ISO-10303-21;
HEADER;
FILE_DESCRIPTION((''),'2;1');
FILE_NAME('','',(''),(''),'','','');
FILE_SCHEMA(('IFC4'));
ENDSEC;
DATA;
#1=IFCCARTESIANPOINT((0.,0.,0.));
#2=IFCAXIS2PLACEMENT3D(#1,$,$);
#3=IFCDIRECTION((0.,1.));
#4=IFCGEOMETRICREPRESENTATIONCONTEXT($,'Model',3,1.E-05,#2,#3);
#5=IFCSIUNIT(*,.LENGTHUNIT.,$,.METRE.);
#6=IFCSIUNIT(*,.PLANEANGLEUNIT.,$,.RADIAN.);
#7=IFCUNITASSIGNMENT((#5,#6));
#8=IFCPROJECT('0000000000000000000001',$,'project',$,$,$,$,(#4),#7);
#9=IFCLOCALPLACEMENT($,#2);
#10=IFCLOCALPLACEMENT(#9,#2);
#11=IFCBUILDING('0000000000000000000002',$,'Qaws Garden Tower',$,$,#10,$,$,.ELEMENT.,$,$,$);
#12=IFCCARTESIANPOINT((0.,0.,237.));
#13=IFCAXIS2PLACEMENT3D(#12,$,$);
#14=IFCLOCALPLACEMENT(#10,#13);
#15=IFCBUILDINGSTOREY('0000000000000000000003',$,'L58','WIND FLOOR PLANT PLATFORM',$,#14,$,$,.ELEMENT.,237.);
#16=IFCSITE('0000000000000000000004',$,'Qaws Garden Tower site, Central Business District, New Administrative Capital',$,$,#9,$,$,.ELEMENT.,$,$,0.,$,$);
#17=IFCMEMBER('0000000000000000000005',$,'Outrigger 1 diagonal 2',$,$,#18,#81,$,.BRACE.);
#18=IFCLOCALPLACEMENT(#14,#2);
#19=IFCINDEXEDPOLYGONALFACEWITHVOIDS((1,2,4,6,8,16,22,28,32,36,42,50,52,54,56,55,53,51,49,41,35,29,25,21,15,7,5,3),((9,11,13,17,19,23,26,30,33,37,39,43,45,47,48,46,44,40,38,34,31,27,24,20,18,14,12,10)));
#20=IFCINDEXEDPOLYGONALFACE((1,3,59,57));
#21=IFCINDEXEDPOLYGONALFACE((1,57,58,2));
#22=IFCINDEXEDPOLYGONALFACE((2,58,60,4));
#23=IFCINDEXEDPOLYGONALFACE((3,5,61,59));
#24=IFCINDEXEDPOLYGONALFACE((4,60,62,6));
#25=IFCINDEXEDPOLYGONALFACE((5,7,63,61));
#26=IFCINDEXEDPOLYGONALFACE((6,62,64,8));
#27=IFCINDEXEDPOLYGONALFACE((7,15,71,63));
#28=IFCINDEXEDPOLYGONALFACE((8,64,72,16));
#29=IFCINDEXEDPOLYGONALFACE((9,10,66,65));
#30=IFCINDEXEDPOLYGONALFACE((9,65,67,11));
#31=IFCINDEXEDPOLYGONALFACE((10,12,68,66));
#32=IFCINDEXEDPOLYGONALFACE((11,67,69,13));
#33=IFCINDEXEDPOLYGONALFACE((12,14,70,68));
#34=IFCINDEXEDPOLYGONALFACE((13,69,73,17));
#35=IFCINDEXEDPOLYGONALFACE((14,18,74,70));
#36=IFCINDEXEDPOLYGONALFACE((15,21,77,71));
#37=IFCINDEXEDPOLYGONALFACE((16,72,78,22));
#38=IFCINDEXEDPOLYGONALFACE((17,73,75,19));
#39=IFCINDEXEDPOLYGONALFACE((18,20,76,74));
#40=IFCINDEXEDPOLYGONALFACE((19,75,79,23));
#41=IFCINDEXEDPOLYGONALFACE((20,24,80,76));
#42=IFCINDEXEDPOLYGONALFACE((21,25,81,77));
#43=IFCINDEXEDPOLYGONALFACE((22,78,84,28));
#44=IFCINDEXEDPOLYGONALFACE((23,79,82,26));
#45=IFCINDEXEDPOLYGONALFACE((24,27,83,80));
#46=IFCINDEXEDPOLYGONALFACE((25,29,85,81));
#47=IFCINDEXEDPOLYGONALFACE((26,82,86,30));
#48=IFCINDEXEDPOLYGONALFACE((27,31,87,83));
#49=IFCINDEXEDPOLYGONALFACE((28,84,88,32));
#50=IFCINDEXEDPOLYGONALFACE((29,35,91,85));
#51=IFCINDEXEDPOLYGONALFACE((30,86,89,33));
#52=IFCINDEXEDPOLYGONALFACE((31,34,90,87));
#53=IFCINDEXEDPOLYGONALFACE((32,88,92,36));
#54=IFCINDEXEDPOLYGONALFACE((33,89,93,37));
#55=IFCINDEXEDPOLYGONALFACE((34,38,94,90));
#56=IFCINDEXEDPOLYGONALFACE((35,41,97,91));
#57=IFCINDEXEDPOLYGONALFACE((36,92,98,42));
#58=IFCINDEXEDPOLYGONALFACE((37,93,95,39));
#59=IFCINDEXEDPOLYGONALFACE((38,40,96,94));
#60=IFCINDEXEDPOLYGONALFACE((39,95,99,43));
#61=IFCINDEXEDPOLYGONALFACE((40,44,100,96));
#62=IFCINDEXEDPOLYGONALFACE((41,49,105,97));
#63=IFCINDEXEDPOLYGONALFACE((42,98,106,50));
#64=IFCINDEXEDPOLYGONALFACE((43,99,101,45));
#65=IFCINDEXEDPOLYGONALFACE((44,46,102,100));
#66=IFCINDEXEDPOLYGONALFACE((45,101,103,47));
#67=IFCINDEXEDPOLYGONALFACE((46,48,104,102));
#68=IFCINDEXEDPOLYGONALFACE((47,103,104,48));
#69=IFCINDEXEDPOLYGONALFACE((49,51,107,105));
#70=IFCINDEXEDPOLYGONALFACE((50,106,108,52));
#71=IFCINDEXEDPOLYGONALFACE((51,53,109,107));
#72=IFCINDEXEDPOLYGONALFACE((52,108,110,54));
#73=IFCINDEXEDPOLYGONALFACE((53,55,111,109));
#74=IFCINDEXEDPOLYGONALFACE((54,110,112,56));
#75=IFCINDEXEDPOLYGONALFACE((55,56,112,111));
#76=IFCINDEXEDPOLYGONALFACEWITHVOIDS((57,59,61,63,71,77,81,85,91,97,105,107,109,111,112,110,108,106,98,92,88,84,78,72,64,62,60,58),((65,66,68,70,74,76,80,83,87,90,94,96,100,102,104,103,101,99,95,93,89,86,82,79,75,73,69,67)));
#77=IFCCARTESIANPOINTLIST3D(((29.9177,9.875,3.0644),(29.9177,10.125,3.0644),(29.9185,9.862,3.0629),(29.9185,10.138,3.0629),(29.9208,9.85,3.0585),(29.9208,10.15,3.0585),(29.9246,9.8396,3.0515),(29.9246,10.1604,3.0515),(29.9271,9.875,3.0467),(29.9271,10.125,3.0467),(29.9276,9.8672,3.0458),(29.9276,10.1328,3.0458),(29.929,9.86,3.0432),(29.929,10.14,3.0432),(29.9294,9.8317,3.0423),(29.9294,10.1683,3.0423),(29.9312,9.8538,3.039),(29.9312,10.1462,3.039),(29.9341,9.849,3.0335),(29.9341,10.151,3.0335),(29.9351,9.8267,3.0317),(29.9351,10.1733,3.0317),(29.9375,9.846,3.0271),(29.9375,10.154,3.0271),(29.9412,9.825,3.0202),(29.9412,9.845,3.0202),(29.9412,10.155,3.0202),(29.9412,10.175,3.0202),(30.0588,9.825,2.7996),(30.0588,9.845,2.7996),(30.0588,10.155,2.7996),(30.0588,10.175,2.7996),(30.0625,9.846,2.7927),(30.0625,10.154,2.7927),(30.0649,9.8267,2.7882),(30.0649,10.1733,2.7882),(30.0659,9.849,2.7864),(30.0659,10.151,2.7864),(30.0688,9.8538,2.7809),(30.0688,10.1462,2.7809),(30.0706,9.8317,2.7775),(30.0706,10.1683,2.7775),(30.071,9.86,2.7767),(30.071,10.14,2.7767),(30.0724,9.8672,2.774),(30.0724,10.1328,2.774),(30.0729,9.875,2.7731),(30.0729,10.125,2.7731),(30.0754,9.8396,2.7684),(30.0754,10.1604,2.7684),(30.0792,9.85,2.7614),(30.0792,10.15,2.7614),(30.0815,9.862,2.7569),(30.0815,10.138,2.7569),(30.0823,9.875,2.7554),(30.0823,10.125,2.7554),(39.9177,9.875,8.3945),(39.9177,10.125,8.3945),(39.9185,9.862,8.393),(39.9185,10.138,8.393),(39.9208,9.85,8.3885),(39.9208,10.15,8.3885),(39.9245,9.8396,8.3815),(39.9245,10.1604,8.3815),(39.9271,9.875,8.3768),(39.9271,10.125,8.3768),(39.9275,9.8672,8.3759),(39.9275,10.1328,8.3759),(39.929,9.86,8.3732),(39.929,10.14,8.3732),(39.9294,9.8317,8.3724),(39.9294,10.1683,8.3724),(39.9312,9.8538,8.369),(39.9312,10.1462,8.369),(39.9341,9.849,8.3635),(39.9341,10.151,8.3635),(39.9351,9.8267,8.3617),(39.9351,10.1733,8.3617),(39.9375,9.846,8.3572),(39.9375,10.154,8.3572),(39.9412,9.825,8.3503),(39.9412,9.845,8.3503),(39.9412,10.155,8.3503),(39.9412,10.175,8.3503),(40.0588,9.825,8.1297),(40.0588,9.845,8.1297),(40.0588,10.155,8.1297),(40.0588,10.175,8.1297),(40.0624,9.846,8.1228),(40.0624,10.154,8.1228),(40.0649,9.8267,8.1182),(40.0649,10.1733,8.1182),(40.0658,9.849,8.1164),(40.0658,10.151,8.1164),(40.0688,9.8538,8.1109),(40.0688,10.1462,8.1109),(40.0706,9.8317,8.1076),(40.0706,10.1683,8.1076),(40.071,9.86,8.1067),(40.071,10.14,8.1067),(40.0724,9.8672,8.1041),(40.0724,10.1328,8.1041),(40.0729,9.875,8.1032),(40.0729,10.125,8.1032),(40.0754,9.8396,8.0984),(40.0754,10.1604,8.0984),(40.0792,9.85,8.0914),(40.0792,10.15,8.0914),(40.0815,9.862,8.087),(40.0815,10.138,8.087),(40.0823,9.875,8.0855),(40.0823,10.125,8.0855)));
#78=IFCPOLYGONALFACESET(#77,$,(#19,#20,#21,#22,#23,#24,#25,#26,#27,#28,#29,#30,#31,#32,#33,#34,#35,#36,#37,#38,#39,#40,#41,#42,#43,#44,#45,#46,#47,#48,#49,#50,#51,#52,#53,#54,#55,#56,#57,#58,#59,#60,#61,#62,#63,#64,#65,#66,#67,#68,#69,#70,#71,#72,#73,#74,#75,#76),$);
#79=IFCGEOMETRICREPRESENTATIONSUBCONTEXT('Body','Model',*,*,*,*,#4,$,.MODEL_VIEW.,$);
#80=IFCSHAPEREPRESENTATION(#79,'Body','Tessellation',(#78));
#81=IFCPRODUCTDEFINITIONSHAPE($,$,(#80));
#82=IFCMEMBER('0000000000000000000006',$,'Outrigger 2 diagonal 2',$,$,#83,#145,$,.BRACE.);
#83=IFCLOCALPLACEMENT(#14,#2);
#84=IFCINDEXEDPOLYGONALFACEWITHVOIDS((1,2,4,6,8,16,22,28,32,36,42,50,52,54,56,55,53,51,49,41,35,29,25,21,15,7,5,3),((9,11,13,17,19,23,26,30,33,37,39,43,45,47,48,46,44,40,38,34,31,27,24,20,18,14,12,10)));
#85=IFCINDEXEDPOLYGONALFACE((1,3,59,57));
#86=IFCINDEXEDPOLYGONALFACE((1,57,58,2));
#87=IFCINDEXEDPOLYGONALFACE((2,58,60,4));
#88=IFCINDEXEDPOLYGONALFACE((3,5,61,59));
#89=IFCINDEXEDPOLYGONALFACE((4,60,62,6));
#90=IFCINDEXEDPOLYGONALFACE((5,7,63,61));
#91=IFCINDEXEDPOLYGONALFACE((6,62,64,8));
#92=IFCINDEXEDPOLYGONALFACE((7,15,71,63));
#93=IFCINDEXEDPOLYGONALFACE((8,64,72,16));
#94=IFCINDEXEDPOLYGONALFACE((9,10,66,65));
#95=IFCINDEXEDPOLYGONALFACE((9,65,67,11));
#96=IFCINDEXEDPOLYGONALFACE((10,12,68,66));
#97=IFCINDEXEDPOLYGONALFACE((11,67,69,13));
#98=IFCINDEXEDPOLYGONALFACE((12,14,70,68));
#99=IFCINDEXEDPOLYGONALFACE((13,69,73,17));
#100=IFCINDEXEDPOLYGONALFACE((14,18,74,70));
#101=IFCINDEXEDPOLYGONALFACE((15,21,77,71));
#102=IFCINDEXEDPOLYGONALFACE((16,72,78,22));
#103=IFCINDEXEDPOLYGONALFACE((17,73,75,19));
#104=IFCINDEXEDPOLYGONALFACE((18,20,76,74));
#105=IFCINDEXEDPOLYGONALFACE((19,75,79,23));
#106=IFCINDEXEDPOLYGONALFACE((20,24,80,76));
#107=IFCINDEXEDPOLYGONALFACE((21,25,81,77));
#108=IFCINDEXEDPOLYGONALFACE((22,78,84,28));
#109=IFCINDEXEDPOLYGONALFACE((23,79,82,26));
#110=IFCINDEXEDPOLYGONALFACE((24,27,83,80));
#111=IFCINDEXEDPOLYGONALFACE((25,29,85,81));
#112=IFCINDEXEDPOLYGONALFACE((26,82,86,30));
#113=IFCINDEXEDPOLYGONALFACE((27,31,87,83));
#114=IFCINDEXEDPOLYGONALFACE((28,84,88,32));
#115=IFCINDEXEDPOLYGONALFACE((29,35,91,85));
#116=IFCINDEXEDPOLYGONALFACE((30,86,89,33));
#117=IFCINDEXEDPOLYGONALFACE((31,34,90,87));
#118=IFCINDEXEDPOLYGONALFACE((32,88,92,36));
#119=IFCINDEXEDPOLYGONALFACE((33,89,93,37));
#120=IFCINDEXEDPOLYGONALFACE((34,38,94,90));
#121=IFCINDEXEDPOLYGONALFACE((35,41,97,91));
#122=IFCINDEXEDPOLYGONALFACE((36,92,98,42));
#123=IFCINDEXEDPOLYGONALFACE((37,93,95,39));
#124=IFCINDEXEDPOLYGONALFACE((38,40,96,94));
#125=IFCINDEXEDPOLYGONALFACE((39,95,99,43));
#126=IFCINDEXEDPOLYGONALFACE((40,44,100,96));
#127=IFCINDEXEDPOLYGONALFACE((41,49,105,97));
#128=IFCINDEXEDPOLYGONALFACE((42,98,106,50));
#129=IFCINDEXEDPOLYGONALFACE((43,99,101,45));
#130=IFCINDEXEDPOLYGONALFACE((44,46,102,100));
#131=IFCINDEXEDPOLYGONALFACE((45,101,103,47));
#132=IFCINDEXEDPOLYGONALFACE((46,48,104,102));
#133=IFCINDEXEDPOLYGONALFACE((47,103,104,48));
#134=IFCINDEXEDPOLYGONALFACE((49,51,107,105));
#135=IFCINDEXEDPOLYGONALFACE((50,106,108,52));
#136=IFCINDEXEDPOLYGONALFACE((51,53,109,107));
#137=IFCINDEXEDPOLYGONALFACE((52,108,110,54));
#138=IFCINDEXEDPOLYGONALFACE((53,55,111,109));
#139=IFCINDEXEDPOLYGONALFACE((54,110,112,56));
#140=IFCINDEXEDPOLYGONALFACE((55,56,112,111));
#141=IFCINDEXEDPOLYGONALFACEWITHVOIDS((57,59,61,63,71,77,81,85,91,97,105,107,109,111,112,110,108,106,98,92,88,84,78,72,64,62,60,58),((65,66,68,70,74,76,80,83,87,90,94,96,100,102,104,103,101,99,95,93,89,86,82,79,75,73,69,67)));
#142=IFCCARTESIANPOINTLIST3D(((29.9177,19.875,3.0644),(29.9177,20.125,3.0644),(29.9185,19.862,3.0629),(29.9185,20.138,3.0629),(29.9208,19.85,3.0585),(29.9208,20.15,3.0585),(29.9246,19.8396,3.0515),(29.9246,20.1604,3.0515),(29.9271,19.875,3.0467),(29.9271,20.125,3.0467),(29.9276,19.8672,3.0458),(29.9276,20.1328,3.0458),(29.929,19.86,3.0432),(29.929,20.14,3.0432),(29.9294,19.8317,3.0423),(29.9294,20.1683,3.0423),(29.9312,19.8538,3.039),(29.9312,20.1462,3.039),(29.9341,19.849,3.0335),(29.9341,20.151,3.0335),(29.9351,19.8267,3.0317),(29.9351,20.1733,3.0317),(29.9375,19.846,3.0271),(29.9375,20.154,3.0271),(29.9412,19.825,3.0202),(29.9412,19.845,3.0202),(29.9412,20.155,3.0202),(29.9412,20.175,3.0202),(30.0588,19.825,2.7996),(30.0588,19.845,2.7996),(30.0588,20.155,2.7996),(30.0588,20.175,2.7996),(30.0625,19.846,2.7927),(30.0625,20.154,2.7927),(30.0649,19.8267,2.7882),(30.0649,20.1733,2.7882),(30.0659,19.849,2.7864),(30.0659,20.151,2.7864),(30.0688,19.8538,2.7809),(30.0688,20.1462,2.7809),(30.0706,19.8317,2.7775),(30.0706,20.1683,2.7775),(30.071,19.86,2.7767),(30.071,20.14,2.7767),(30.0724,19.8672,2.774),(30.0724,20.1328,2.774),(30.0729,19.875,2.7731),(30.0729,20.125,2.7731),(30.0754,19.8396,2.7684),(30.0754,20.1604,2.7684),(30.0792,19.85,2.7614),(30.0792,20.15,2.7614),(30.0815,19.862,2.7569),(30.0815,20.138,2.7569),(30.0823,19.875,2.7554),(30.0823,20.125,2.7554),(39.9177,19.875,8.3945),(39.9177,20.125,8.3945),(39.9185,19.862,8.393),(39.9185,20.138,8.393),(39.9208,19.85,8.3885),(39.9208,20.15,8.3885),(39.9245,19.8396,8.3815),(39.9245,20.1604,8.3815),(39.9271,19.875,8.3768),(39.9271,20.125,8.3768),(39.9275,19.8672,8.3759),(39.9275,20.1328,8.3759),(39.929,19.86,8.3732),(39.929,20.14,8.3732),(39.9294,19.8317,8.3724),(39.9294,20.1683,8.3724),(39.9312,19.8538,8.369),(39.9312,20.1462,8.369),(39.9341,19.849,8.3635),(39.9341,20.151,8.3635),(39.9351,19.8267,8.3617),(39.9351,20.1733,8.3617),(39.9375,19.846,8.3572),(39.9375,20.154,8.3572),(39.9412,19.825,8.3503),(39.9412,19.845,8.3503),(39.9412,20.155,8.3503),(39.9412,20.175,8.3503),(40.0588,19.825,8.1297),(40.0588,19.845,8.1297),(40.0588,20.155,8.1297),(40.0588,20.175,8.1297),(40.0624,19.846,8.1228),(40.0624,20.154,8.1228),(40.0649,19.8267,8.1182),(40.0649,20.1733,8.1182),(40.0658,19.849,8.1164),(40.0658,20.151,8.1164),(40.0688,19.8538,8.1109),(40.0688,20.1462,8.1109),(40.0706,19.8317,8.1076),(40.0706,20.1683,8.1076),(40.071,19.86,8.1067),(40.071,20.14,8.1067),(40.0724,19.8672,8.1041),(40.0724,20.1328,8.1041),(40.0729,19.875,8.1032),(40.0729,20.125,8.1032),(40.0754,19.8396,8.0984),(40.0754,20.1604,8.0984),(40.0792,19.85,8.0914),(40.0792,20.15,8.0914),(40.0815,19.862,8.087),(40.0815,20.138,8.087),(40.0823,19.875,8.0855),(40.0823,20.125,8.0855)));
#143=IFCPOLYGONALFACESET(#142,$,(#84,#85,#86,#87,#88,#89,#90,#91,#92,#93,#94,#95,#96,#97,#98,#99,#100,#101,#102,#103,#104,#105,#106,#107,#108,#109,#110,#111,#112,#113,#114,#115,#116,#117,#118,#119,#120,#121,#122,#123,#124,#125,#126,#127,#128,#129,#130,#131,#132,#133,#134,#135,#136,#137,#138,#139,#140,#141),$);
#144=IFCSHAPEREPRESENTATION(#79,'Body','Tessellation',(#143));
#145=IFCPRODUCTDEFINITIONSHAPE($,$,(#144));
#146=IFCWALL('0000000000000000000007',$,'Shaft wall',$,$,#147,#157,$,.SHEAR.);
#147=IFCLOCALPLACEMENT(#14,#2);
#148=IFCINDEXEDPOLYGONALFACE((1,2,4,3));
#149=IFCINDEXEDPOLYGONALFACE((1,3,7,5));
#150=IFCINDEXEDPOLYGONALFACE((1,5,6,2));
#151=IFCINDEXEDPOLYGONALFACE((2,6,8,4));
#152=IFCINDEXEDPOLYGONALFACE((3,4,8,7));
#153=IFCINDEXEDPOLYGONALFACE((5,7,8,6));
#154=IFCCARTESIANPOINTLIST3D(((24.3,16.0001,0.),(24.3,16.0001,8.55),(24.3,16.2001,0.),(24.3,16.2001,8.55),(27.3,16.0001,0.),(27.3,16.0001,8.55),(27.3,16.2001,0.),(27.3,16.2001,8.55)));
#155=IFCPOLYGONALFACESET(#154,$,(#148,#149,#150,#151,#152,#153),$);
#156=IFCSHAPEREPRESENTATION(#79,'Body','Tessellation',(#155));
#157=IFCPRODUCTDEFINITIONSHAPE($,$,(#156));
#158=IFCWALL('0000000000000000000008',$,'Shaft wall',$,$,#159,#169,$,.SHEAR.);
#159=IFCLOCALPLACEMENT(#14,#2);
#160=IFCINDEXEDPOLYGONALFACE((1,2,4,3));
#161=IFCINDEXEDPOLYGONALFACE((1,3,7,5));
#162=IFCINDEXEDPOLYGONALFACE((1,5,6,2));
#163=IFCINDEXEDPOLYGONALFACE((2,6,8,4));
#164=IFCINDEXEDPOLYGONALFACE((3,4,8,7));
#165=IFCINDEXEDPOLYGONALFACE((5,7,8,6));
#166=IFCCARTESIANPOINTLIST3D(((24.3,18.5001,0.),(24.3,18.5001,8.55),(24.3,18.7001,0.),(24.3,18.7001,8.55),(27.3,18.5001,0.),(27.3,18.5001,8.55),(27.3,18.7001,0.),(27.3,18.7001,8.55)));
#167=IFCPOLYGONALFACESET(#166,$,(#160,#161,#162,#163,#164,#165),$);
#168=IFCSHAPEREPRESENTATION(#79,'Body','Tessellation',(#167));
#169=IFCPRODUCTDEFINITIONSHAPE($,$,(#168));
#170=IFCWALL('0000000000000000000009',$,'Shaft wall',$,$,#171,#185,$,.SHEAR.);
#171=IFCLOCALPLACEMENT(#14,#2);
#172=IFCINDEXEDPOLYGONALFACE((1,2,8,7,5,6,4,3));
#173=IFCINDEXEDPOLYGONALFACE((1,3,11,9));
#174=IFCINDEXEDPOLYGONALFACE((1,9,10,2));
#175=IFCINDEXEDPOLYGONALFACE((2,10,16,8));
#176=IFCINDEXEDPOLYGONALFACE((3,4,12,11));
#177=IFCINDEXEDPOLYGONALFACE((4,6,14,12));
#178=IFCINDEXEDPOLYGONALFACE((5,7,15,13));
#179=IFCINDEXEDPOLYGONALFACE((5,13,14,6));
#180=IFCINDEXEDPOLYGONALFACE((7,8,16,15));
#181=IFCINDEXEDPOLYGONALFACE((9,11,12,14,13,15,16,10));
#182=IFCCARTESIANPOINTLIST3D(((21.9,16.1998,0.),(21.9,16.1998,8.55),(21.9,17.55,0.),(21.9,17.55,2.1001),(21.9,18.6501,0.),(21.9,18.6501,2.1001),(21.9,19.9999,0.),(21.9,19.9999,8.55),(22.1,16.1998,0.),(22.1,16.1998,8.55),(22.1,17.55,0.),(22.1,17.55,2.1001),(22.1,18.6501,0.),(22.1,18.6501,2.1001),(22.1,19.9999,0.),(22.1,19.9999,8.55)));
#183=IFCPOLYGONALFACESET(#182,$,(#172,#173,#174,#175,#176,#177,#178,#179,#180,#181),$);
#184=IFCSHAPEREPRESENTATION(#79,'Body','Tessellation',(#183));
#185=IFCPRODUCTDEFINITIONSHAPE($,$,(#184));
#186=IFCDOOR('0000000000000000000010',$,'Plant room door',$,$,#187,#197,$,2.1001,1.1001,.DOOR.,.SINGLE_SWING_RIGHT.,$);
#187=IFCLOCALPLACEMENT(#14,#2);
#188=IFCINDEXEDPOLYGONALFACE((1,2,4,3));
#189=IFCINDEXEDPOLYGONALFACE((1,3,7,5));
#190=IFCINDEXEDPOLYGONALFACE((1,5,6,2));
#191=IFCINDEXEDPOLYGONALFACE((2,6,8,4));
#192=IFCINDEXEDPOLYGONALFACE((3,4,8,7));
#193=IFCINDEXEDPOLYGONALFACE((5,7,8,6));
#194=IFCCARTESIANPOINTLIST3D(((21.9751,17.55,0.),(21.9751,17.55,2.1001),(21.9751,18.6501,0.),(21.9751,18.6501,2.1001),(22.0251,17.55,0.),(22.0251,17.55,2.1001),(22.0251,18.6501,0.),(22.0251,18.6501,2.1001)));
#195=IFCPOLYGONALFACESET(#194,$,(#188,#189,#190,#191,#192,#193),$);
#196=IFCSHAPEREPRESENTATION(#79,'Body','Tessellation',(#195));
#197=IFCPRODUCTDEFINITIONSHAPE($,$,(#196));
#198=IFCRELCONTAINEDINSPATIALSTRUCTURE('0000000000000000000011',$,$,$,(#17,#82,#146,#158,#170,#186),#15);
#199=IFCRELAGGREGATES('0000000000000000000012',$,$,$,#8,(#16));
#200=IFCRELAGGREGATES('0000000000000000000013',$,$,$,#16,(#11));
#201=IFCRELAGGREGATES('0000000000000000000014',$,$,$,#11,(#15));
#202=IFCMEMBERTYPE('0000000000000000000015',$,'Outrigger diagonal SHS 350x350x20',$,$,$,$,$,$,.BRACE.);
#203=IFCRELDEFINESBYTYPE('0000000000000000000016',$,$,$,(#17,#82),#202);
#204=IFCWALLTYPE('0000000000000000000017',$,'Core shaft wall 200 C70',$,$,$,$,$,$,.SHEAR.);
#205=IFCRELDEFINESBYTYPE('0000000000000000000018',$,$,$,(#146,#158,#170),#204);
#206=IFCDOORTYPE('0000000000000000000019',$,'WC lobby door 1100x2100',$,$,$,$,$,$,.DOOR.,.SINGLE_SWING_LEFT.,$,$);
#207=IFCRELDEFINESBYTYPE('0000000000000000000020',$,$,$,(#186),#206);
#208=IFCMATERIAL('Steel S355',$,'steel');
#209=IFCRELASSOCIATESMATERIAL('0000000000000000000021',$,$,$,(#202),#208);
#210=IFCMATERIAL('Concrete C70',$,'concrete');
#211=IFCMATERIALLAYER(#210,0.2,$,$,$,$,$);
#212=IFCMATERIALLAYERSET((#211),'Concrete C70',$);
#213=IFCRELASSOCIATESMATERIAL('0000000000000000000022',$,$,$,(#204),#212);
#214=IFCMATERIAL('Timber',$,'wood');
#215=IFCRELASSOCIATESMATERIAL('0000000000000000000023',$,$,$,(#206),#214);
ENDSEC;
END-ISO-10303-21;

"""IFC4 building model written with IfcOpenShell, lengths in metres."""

from ifc_helpers import new_model, si_unit, direction, frame, frame_2d, origin, origin_2d, place, context, subcontext, project, spatial, rectangle, hollow_rectangle, extrude, material, layer, layer_set, material_profile, profile_set, type_object, element, fill, save


model = new_model("IFC4")

# Units and contexts
model_context = context("Model", 3, precision=1e-05, world=origin(), true_north=direction((0.0, 1.0)))
body_context = subcontext(model_context, "Body", "Model", "MODEL_VIEW")
ifc_project = project(units=[si_unit("LENGTHUNIT", "METRE"), si_unit("PLANEANGLEUNIT", "RADIAN")], contexts=[model_context])

# Site, building, storey
site_placement = place(None, origin())
site = spatial("IfcSite", under=ifc_project, at=site_placement, Name="Qaws Garden Tower site, Central Business District, New Administrative Capital", CompositionType="ELEMENT", RefElevation=0.0)
building_placement = place(site_placement, origin())
building = spatial("IfcBuilding", under=site, at=building_placement, Name="Qaws Garden Tower", CompositionType="ELEMENT")
storey_placement = place(building_placement, frame((0.0, 0.0, 237.0)))
storey = spatial("IfcBuildingStorey", under=building, at=storey_placement, Name="L58", Description="WIND FLOOR PLANT PLATFORM", CompositionType="ELEMENT", Elevation=237.0)

# Members
ifc_material_1 = material(Name="Steel S355", Category="steel")
ifc_material_profile_1 = material_profile(ifc_material_1, hollow_rectangle(XDim=0.3501, YDim=0.3501, WallThickness=0.02, InnerFilletRadius=0.03, OuterFilletRadius=0.05, at=origin_2d()), Name="SHS 350x350x20")
ifc_profile_set_1 = profile_set([ifc_material_profile_1], Name="Steel S355")
member_type_1 = type_object("IfcMemberType", Name="Outrigger diagonal SHS 350x350x20", PredefinedType="BRACE", material=ifc_profile_set_1)
for number, where, z_axis, x_axis, name in (
    (1, (30.0, 10.0, 2.9099), (0.882472, 0.0, 0.470365), (0.0, 1.0, 0.0), "Outrigger 1 diagonal 2"),
    (2, (30.0, 20.0, 2.9099), (0.882472, 0.0, 0.470365), (0.0, 1.0, 0.0), "Outrigger 2 diagonal 2"),
):
    element("IfcMember", number, at=place(storey_placement, frame(where, z_axis=z_axis, x_axis=x_axis)), inside=storey, type_object=member_type_1, Name=name, PredefinedType="BRACE", context=body_context, shape_type="SweptSolid", body=[
        extrude(hollow_rectangle(XDim=0.3501, YDim=0.3501, WallThickness=0.02, InnerFilletRadius=0.03, OuterFilletRadius=0.05, at=origin_2d()), origin(), (0.0, 0.0, 1.0), 11.3318),
    ])

# Walls
ifc_material_2 = material(Name="Concrete C70", Category="concrete")
ifc_layer_1 = layer(ifc_material_2, 0.2)
ifc_layer_set_1 = layer_set([ifc_layer_1], Name="Concrete C70")
wall_type_1 = type_object("IfcWallType", Name="Core shaft wall 200 C70", PredefinedType="SHEAR", material=ifc_layer_set_1)
for number, where, z_axis, x_axis, name in (
    (3, (24.3, 16.1001, 0.0), (0.0, 0.0, 1.0), (1.0, 0.0, 0.0), "Shaft wall"),
    (4, (24.3, 18.6001, 0.0), (0.0, 0.0, 1.0), (1.0, 0.0, 0.0), "Shaft wall"),
):
    element("IfcWall", number, at=place(storey_placement, frame(where, z_axis=z_axis, x_axis=x_axis)), inside=storey, type_object=wall_type_1, Name=name, PredefinedType="SHEAR", context=body_context, shape_type="SweptSolid", body=[
        extrude(rectangle(XDim=3.0, YDim=0.2, at=frame_2d((1.5, 0.0))), origin(), (0.0, 0.0, 1.0), 8.55),
    ])

# Wall, opening, door
wall_1_placement = place(storey_placement, frame((22.0, 16.2, 0.0), z_axis=(0.0, 0.0, 1.0), x_axis=(0.0, 1.0, 0.0)))
wall_1 = element("IfcWall", 5, at=wall_1_placement, inside=storey, type_object=wall_type_1, Name="Shaft wall", PredefinedType="SHEAR", context=body_context, shape_type="SweptSolid", body=[
    extrude(rectangle(XDim=3.8, YDim=0.2, at=frame_2d((1.8999, 0.0))), origin(), (0.0, 0.0, 1.0), 8.55),
])
opening_1_placement = place(wall_1_placement, frame((1.3501, 0.0, 0.0)))
opening_1 = element("IfcOpeningElement", 6, at=opening_1_placement, cuts=wall_1, PredefinedType="OPENING", context=body_context, shape_type="SweptSolid", body=[
    extrude(rectangle(XDim=1.1001, YDim=2.1001, at=frame_2d((0.55, 1.05))), frame((0.0, 0.1099, 0.0), z_axis=(0.0, -1.0, 0.0), x_axis=(1.0, 0.0, 0.0)), (0.0, 0.0, 1.0), 0.22),
])
ifc_material_3 = material(Name="Timber", Category="wood")
door_type_1 = type_object("IfcDoorType", Name="WC lobby door 1100x2100", OperationType="SINGLE_SWING_LEFT", PredefinedType="DOOR", material=ifc_material_3)
door_1_placement = place(opening_1_placement, origin())
door_1 = element("IfcDoor", 7, at=door_1_placement, inside=storey, type_object=door_type_1, Name="Plant room door", OperationType="SINGLE_SWING_RIGHT", OverallHeight=2.1001, OverallWidth=1.1001, PredefinedType="DOOR", context=body_context, shape_type="SweptSolid", body=[
    extrude(rectangle(XDim=1.1001, YDim=2.1001, at=frame_2d((0.55, 1.05))), frame((0.0, 0.0249, 0.0), z_axis=(0.0, -1.0, 0.0), x_axis=(1.0, 0.0, 0.0)), (0.0, 0.0, 1.0), 0.05),
])
fill(opening_1, door_1)

save(model, "model.ifc")
